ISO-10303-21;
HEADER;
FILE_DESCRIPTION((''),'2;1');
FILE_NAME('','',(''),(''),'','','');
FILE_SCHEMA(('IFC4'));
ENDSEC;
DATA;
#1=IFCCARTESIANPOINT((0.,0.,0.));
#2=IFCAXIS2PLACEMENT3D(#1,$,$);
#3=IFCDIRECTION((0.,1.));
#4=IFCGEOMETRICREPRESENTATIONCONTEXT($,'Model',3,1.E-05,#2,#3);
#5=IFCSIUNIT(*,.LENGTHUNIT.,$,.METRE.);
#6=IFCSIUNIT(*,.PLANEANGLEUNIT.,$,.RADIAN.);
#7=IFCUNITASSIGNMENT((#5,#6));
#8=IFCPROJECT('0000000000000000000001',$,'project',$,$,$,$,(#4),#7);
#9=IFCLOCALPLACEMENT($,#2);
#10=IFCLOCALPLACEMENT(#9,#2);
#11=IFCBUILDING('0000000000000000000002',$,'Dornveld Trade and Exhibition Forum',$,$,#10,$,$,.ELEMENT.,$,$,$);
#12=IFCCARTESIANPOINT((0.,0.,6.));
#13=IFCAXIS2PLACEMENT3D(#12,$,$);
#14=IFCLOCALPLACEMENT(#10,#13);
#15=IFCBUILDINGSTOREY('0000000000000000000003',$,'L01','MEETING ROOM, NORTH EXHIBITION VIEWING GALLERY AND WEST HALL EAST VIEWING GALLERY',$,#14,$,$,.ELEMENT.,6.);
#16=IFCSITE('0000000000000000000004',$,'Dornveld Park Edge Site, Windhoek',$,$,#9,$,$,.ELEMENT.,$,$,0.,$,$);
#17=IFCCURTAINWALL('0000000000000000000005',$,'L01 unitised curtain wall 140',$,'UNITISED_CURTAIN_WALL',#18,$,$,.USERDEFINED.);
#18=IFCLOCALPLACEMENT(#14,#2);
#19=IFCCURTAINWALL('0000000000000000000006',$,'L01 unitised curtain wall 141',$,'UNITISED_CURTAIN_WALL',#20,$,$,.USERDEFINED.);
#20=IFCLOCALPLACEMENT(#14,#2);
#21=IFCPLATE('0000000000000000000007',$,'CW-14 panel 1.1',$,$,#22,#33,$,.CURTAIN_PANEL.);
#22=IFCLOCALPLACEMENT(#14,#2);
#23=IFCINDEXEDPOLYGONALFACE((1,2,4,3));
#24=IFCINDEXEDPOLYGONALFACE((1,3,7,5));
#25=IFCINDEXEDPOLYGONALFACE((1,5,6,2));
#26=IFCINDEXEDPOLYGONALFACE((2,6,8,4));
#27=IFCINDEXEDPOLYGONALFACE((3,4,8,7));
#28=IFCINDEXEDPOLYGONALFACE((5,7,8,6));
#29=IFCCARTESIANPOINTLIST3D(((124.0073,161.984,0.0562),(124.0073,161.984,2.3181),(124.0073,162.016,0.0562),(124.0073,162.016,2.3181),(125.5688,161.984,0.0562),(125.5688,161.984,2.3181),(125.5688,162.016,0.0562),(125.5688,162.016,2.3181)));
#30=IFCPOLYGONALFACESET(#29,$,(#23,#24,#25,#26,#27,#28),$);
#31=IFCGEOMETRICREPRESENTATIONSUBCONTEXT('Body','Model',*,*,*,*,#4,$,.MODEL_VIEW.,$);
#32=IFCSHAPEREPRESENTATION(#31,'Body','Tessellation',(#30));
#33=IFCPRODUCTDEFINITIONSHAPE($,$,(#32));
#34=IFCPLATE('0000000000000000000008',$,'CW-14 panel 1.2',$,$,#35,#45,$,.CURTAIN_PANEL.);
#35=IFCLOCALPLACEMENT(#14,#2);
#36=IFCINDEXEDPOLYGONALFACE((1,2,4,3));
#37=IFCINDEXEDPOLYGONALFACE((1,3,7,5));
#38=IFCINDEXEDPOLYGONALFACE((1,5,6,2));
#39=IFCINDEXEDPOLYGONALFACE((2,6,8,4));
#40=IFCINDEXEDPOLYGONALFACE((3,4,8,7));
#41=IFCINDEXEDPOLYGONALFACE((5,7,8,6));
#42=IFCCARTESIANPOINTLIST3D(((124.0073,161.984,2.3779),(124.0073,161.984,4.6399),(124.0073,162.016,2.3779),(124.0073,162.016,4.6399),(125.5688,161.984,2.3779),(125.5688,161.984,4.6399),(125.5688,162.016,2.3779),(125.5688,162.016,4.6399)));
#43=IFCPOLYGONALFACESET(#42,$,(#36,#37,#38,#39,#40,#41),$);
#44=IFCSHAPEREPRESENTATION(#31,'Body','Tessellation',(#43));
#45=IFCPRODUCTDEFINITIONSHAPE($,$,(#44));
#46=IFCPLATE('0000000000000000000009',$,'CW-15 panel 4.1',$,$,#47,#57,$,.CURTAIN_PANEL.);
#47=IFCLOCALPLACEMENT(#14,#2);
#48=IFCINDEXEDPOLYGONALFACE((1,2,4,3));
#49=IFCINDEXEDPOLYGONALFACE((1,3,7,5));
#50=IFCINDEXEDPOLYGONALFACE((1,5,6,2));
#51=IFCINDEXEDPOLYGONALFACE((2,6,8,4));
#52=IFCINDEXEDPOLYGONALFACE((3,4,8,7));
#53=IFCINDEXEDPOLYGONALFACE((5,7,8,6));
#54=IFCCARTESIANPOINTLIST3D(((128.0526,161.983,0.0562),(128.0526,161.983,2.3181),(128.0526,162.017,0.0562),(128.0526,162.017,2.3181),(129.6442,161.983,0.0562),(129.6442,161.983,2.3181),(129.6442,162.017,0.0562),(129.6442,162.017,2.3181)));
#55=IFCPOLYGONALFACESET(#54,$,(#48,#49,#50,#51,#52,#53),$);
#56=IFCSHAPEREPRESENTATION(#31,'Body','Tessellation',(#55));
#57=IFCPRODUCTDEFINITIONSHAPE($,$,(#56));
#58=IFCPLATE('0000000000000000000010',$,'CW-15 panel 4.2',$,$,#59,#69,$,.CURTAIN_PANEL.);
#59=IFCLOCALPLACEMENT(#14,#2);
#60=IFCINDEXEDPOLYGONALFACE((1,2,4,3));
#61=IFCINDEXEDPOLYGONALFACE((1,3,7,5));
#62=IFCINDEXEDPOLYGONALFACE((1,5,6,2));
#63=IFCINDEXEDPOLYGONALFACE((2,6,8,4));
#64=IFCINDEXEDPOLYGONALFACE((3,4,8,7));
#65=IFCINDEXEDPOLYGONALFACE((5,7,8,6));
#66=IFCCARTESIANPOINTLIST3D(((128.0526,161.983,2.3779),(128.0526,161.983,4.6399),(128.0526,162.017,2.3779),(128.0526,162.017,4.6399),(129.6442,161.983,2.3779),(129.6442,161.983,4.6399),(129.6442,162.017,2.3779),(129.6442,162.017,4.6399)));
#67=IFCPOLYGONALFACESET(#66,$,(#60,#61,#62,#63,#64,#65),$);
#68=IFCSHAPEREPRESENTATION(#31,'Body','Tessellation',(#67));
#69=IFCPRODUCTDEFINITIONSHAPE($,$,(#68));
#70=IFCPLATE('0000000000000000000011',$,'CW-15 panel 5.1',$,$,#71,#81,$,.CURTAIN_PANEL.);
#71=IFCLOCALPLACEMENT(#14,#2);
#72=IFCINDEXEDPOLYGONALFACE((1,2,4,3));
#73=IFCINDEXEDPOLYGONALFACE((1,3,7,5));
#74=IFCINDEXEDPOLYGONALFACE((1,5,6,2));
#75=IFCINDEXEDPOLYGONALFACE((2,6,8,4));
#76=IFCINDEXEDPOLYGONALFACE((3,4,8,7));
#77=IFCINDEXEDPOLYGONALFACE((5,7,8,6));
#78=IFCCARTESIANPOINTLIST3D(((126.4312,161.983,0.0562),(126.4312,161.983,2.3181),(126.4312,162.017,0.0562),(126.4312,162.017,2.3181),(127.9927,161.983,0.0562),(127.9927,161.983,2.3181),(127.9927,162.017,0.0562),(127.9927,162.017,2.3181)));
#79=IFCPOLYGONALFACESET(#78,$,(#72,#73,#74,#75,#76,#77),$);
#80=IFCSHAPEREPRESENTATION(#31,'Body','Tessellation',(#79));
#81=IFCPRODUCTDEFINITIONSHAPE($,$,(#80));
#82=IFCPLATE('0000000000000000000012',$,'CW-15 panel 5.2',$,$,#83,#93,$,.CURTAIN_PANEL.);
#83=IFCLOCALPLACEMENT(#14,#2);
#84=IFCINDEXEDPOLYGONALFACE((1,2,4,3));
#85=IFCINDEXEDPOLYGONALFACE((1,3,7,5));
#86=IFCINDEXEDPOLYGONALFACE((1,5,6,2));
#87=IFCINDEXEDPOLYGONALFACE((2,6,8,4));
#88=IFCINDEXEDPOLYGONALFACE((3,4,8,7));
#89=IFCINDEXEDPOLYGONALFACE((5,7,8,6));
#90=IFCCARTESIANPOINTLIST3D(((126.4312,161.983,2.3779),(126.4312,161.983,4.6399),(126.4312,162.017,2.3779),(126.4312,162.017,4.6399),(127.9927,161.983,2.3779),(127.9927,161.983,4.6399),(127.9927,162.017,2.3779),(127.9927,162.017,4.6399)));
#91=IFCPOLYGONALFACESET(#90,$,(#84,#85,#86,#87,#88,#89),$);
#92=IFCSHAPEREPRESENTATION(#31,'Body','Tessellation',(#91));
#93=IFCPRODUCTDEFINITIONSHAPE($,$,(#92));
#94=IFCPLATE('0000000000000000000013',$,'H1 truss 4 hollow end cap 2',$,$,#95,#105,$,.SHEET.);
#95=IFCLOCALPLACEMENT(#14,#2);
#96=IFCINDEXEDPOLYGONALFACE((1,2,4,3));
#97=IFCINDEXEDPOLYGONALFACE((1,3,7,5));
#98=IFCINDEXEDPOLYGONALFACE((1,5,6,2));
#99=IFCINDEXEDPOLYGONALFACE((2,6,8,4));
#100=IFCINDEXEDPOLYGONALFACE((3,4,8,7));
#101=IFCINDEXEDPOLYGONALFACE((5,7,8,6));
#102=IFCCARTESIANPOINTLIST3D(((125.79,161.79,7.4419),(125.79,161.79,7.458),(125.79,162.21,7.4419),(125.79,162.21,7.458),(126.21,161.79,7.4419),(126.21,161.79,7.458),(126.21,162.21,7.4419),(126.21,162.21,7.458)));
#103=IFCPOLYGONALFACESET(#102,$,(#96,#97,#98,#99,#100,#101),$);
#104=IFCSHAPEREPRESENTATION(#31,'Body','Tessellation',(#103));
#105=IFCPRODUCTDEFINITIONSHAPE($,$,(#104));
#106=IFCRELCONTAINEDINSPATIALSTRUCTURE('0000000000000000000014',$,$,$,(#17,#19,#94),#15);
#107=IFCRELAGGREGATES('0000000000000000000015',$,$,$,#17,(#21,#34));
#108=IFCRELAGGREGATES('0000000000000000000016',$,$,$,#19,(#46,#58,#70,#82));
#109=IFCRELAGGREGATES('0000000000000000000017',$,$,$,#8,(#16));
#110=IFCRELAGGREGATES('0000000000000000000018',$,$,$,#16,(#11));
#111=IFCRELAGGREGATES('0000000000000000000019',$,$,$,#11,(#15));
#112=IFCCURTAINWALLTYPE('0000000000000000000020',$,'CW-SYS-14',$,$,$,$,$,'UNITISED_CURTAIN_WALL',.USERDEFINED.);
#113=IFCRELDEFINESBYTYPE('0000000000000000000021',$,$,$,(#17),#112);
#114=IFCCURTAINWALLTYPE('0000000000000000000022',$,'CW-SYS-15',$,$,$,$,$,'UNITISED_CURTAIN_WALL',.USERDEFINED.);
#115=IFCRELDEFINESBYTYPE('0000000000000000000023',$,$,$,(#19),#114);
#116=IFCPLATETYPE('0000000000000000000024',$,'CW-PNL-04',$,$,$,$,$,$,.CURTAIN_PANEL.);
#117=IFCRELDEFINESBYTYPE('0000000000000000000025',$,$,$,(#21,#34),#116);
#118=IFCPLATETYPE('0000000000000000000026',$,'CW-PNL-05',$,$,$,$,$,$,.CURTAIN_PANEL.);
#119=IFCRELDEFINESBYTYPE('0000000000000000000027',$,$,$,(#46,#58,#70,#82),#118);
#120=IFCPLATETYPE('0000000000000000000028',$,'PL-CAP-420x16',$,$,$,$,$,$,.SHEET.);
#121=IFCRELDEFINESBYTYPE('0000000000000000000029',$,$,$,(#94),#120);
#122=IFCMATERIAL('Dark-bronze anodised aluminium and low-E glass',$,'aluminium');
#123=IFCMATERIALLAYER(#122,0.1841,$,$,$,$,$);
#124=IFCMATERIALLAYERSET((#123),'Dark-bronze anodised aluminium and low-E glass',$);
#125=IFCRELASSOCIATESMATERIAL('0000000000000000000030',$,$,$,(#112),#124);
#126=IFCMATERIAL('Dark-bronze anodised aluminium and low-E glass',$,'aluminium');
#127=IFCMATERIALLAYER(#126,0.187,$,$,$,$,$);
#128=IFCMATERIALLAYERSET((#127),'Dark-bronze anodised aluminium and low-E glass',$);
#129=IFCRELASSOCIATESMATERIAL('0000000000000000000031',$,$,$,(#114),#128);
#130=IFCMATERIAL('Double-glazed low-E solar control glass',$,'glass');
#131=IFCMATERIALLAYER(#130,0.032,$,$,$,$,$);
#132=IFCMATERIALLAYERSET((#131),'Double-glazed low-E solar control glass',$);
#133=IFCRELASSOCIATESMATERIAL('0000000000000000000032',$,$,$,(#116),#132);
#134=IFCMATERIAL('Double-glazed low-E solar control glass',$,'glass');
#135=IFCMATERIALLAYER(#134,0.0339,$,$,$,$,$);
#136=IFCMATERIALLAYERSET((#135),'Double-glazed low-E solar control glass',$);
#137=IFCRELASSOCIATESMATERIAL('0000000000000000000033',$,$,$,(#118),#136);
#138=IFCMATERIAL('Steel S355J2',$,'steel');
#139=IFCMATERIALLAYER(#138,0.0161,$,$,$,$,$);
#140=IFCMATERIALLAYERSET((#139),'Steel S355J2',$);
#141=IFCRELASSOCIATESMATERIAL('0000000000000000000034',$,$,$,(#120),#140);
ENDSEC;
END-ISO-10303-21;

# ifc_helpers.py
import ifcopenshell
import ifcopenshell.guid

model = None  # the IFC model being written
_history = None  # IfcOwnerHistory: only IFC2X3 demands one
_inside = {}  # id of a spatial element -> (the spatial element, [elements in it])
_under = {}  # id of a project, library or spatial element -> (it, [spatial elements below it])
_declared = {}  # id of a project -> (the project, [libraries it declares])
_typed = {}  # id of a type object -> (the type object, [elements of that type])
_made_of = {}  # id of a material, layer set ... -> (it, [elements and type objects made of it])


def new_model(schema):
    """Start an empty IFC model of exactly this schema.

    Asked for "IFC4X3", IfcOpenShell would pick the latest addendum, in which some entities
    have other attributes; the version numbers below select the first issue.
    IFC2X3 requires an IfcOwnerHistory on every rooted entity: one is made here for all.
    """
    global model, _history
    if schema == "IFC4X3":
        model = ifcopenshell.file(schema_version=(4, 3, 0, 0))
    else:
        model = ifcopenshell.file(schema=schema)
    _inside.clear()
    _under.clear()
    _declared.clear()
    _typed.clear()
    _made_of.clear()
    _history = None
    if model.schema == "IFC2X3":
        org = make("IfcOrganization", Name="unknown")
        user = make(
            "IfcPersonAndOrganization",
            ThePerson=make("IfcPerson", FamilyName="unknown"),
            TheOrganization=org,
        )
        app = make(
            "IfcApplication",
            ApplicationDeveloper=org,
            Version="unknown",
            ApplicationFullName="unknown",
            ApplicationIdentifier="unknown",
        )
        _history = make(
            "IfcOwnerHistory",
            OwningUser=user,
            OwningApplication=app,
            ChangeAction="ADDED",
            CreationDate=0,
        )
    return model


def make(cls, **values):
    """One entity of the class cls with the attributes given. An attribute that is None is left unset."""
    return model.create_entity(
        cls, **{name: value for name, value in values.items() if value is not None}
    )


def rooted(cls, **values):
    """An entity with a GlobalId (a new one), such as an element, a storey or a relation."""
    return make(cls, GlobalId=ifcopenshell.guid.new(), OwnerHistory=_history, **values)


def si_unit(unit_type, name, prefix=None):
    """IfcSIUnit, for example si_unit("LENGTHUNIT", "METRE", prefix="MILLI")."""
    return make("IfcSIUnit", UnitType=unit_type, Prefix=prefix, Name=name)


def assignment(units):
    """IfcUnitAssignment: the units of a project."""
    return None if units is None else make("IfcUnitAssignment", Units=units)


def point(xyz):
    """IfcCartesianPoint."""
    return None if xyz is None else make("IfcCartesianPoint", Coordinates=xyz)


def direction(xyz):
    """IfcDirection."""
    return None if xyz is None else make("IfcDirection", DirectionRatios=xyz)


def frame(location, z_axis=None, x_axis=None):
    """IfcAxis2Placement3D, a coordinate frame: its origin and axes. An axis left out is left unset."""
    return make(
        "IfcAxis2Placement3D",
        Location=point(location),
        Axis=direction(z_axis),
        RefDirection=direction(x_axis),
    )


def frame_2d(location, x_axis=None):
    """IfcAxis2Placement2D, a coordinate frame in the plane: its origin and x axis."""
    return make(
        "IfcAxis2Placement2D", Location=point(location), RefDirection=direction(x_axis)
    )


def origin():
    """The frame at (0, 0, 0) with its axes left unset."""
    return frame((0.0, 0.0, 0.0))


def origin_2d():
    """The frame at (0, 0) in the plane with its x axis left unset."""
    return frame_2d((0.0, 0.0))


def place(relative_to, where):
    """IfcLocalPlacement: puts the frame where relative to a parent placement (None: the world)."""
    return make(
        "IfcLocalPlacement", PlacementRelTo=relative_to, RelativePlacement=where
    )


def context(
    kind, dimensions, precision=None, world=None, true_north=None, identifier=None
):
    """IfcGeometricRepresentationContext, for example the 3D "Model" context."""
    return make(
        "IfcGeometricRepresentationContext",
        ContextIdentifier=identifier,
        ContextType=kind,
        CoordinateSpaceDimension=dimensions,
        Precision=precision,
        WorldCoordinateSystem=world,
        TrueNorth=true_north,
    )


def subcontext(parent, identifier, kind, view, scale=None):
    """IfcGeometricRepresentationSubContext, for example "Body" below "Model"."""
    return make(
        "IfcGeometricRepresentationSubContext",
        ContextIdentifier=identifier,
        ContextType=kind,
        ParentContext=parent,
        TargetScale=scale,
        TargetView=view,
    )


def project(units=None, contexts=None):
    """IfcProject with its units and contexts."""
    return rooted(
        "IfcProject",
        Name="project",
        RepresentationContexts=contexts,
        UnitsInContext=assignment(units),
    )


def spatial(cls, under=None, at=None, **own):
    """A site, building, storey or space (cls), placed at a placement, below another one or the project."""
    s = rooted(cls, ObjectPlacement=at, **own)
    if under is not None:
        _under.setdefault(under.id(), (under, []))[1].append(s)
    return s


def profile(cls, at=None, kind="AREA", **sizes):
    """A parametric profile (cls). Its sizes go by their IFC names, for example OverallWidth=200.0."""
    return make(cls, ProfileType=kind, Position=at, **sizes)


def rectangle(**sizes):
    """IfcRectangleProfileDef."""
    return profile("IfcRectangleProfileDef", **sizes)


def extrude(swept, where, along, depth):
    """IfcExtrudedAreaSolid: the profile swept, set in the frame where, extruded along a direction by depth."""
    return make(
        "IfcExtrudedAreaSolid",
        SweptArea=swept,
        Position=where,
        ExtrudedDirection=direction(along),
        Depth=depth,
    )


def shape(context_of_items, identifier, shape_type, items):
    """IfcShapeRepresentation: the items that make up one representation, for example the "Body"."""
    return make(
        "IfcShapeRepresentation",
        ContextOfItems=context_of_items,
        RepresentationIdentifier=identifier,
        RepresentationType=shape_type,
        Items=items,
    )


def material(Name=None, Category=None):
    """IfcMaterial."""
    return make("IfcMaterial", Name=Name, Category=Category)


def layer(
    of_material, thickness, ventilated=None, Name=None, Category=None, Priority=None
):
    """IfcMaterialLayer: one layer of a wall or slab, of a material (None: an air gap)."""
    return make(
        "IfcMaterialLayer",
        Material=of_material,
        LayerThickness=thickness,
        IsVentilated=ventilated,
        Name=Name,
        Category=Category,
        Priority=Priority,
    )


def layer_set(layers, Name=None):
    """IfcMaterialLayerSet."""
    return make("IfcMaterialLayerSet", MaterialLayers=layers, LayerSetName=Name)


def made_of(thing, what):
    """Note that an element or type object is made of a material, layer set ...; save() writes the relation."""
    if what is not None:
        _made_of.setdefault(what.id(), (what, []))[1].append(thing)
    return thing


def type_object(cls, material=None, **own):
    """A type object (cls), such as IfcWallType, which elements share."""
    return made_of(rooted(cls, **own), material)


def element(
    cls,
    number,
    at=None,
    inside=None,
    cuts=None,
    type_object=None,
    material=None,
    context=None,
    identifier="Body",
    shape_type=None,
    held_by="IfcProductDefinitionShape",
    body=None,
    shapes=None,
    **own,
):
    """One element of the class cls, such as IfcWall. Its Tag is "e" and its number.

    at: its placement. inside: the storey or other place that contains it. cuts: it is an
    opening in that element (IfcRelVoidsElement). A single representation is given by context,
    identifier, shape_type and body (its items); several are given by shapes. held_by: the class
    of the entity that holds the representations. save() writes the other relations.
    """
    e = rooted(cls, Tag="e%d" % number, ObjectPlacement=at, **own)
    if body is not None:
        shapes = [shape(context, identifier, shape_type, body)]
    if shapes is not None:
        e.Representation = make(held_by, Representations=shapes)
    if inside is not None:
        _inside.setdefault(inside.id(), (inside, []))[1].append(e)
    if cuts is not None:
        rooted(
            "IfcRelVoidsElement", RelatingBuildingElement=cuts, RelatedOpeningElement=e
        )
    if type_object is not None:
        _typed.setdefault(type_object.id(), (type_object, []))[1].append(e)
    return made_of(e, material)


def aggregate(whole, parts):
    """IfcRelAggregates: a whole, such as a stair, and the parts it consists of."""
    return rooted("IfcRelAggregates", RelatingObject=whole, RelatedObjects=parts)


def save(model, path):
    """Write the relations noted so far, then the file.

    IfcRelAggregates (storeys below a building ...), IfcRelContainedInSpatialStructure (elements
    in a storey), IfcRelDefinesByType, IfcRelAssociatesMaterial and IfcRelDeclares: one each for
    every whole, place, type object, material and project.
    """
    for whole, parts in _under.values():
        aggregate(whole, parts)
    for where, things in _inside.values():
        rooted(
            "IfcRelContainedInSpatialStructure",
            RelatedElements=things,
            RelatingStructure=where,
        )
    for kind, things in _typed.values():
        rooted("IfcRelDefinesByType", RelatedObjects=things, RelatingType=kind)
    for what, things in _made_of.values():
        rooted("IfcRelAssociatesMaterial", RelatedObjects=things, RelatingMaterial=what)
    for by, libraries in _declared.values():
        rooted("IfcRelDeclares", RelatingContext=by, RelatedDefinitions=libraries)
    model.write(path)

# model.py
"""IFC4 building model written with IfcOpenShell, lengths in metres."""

from ifc_helpers import new_model, si_unit, direction, frame, origin, origin_2d, place, context, subcontext, project, spatial, rectangle, extrude, material, layer, layer_set, type_object, element, aggregate, save


model = new_model("IFC4")

# Units and contexts
model_context = context("Model", 3, precision=1e-05, world=origin(), true_north=direction((0.0, 1.0)))
body_context = subcontext(model_context, "Body", "Model", "MODEL_VIEW")
ifc_project = project(units=[si_unit("LENGTHUNIT", "METRE"), si_unit("PLANEANGLEUNIT", "RADIAN")], contexts=[model_context])

# Site, building, storey
site_placement = place(None, origin())
site = spatial("IfcSite", under=ifc_project, at=site_placement, Name="Dornveld Park Edge Site, Windhoek", CompositionType="ELEMENT", RefElevation=0.0)
building_placement = place(site_placement, origin())
building = spatial("IfcBuilding", under=site, at=building_placement, Name="Dornveld Trade and Exhibition Forum", CompositionType="ELEMENT")
storey_placement = place(building_placement, frame((0.0, 0.0, 6.0)))
storey = spatial("IfcBuildingStorey", under=building, at=storey_placement, Name="L01", Description="MEETING ROOM, NORTH EXHIBITION VIEWING GALLERY AND WEST HALL EAST VIEWING GALLERY", CompositionType="ELEMENT", Elevation=6.0)

# Curtain walls
ifc_material_1 = material(Name="Dark-bronze anodised aluminium and low-E glass", Category="aluminium")
ifc_layer_1 = layer(ifc_material_1, 0.1841)
ifc_layer_set_1 = layer_set([ifc_layer_1], Name="Dark-bronze anodised aluminium and low-E glass")
curtain_wall_type_1 = type_object("IfcCurtainWallType", Name="CW-SYS-14", ElementType="UNITISED_CURTAIN_WALL", PredefinedType="USERDEFINED", material=ifc_layer_set_1)
curtain_wall_1_placement = place(storey_placement, origin())
curtain_wall_1 = element("IfcCurtainWall", 1, at=curtain_wall_1_placement, inside=storey, type_object=curtain_wall_type_1, Name="L01 unitised curtain wall 140", ObjectType="UNITISED_CURTAIN_WALL", PredefinedType="USERDEFINED")
ifc_material_2 = material(Name="Dark-bronze anodised aluminium and low-E glass", Category="aluminium")
ifc_layer_2 = layer(ifc_material_2, 0.187)
ifc_layer_set_2 = layer_set([ifc_layer_2], Name="Dark-bronze anodised aluminium and low-E glass")
curtain_wall_type_2 = type_object("IfcCurtainWallType", Name="CW-SYS-15", ElementType="UNITISED_CURTAIN_WALL", PredefinedType="USERDEFINED", material=ifc_layer_set_2)
curtain_wall_2_placement = place(storey_placement, origin())
curtain_wall_2 = element("IfcCurtainWall", 2, at=curtain_wall_2_placement, inside=storey, type_object=curtain_wall_type_2, Name="L01 unitised curtain wall 141", ObjectType="UNITISED_CURTAIN_WALL", PredefinedType="USERDEFINED")

# Plates
ifc_material_3 = material(Name="Double-glazed low-E solar control glass", Category="glass")
ifc_layer_3 = layer(ifc_material_3, 0.032)
ifc_layer_set_3 = layer_set([ifc_layer_3], Name="Double-glazed low-E solar control glass")
plate_type_1 = type_object("IfcPlateType", Name="CW-PNL-04", PredefinedType="CURTAIN_PANEL", material=ifc_layer_set_3)
plate_1_placement = place(storey_placement, frame((124.7881, 162.0, 0.0562), z_axis=(0.0, 0.0, 1.0), x_axis=(-1.0, 0.0, 0.0)))
plate_1 = element("IfcPlate", 3, at=plate_1_placement, type_object=plate_type_1, Name="CW-14 panel 1.1", PredefinedType="CURTAIN_PANEL", context=body_context, shape_type="SweptSolid", body=[
    extrude(rectangle(XDim=1.5615, YDim=0.032, at=origin_2d()), origin(), (0.0, 0.0, 1.0), 2.262),
])
plate_2_placement = place(storey_placement, frame((124.7881, 162.0, 2.3779), z_axis=(0.0, 0.0, 1.0), x_axis=(-1.0, 0.0, 0.0)))
plate_2 = element("IfcPlate", 4, at=plate_2_placement, type_object=plate_type_1, Name="CW-14 panel 1.2", PredefinedType="CURTAIN_PANEL", context=body_context, shape_type="SweptSolid", body=[
    extrude(rectangle(XDim=1.5615, YDim=0.032, at=origin_2d()), origin(), (0.0, 0.0, 1.0), 2.262),
])
aggregate(curtain_wall_1, [plate_1, plate_2])
ifc_material_4 = material(Name="Double-glazed low-E solar control glass", Category="glass")
ifc_layer_4 = layer(ifc_material_4, 0.0339)
ifc_layer_set_4 = layer_set([ifc_layer_4], Name="Double-glazed low-E solar control glass")
plate_type_2 = type_object("IfcPlateType", Name="CW-PNL-05", PredefinedType="CURTAIN_PANEL", material=ifc_layer_set_4)
plate_3_placement = place(storey_placement, frame((128.8484, 162.0, 0.0562), z_axis=(0.0, 0.0, 1.0), x_axis=(-1.0, 0.0, 0.0)))
plate_3 = element("IfcPlate", 5, at=plate_3_placement, type_object=plate_type_2, Name="CW-15 panel 4.1", PredefinedType="CURTAIN_PANEL", context=body_context, shape_type="SweptSolid", body=[
    extrude(rectangle(XDim=1.5916, YDim=0.0339, at=origin_2d()), origin(), (0.0, 0.0, 1.0), 2.262),
])
plate_4_placement = place(storey_placement, frame((128.8484, 162.0, 2.3779), z_axis=(0.0, 0.0, 1.0), x_axis=(-1.0, 0.0, 0.0)))
plate_4 = element("IfcPlate", 6, at=plate_4_placement, type_object=plate_type_2, Name="CW-15 panel 4.2", PredefinedType="CURTAIN_PANEL", context=body_context, shape_type="SweptSolid", body=[
    extrude(rectangle(XDim=1.5916, YDim=0.0339, at=origin_2d()), origin(), (0.0, 0.0, 1.0), 2.262),
])
plate_5_placement = place(storey_placement, frame((127.2119, 162.0, 0.0562), z_axis=(0.0, 0.0, 1.0), x_axis=(-1.0, 0.0, 0.0)))
plate_5 = element("IfcPlate", 7, at=plate_5_placement, type_object=plate_type_2, Name="CW-15 panel 5.1", PredefinedType="CURTAIN_PANEL", context=body_context, shape_type="SweptSolid", body=[
    extrude(rectangle(XDim=1.5615, YDim=0.0339, at=origin_2d()), origin(), (0.0, 0.0, 1.0), 2.262),
])
plate_6_placement = place(storey_placement, frame((127.2119, 162.0, 2.3779), z_axis=(0.0, 0.0, 1.0), x_axis=(-1.0, 0.0, 0.0)))
plate_6 = element("IfcPlate", 8, at=plate_6_placement, type_object=plate_type_2, Name="CW-15 panel 5.2", PredefinedType="CURTAIN_PANEL", context=body_context, shape_type="SweptSolid", body=[
    extrude(rectangle(XDim=1.5615, YDim=0.0339, at=origin_2d()), origin(), (0.0, 0.0, 1.0), 2.262),
])
aggregate(curtain_wall_2, [plate_3, plate_4, plate_5, plate_6])
ifc_material_5 = material(Name="Steel S355J2", Category="steel")
ifc_layer_5 = layer(ifc_material_5, 0.0161)
ifc_layer_set_5 = layer_set([ifc_layer_5], Name="Steel S355J2")
plate_type_3 = type_object("IfcPlateType", Name="PL-CAP-420x16", PredefinedType="SHEET", material=ifc_layer_set_5)
plate_7_placement = place(storey_placement, frame((126.0, 162.0, 7.4419), z_axis=(0.0, 0.0, 1.0), x_axis=(1.0, 0.0, 0.0)))
element("IfcPlate", 9, at=plate_7_placement, inside=storey, type_object=plate_type_3, Name="H1 truss 4 hollow end cap 2", PredefinedType="SHEET", context=body_context, shape_type="SweptSolid", body=[
    extrude(rectangle(XDim=0.4199, YDim=0.4199, at=origin_2d()), origin(), (0.0, 0.0, 1.0), 0.0161),
])

save(model, "model.ifc")
